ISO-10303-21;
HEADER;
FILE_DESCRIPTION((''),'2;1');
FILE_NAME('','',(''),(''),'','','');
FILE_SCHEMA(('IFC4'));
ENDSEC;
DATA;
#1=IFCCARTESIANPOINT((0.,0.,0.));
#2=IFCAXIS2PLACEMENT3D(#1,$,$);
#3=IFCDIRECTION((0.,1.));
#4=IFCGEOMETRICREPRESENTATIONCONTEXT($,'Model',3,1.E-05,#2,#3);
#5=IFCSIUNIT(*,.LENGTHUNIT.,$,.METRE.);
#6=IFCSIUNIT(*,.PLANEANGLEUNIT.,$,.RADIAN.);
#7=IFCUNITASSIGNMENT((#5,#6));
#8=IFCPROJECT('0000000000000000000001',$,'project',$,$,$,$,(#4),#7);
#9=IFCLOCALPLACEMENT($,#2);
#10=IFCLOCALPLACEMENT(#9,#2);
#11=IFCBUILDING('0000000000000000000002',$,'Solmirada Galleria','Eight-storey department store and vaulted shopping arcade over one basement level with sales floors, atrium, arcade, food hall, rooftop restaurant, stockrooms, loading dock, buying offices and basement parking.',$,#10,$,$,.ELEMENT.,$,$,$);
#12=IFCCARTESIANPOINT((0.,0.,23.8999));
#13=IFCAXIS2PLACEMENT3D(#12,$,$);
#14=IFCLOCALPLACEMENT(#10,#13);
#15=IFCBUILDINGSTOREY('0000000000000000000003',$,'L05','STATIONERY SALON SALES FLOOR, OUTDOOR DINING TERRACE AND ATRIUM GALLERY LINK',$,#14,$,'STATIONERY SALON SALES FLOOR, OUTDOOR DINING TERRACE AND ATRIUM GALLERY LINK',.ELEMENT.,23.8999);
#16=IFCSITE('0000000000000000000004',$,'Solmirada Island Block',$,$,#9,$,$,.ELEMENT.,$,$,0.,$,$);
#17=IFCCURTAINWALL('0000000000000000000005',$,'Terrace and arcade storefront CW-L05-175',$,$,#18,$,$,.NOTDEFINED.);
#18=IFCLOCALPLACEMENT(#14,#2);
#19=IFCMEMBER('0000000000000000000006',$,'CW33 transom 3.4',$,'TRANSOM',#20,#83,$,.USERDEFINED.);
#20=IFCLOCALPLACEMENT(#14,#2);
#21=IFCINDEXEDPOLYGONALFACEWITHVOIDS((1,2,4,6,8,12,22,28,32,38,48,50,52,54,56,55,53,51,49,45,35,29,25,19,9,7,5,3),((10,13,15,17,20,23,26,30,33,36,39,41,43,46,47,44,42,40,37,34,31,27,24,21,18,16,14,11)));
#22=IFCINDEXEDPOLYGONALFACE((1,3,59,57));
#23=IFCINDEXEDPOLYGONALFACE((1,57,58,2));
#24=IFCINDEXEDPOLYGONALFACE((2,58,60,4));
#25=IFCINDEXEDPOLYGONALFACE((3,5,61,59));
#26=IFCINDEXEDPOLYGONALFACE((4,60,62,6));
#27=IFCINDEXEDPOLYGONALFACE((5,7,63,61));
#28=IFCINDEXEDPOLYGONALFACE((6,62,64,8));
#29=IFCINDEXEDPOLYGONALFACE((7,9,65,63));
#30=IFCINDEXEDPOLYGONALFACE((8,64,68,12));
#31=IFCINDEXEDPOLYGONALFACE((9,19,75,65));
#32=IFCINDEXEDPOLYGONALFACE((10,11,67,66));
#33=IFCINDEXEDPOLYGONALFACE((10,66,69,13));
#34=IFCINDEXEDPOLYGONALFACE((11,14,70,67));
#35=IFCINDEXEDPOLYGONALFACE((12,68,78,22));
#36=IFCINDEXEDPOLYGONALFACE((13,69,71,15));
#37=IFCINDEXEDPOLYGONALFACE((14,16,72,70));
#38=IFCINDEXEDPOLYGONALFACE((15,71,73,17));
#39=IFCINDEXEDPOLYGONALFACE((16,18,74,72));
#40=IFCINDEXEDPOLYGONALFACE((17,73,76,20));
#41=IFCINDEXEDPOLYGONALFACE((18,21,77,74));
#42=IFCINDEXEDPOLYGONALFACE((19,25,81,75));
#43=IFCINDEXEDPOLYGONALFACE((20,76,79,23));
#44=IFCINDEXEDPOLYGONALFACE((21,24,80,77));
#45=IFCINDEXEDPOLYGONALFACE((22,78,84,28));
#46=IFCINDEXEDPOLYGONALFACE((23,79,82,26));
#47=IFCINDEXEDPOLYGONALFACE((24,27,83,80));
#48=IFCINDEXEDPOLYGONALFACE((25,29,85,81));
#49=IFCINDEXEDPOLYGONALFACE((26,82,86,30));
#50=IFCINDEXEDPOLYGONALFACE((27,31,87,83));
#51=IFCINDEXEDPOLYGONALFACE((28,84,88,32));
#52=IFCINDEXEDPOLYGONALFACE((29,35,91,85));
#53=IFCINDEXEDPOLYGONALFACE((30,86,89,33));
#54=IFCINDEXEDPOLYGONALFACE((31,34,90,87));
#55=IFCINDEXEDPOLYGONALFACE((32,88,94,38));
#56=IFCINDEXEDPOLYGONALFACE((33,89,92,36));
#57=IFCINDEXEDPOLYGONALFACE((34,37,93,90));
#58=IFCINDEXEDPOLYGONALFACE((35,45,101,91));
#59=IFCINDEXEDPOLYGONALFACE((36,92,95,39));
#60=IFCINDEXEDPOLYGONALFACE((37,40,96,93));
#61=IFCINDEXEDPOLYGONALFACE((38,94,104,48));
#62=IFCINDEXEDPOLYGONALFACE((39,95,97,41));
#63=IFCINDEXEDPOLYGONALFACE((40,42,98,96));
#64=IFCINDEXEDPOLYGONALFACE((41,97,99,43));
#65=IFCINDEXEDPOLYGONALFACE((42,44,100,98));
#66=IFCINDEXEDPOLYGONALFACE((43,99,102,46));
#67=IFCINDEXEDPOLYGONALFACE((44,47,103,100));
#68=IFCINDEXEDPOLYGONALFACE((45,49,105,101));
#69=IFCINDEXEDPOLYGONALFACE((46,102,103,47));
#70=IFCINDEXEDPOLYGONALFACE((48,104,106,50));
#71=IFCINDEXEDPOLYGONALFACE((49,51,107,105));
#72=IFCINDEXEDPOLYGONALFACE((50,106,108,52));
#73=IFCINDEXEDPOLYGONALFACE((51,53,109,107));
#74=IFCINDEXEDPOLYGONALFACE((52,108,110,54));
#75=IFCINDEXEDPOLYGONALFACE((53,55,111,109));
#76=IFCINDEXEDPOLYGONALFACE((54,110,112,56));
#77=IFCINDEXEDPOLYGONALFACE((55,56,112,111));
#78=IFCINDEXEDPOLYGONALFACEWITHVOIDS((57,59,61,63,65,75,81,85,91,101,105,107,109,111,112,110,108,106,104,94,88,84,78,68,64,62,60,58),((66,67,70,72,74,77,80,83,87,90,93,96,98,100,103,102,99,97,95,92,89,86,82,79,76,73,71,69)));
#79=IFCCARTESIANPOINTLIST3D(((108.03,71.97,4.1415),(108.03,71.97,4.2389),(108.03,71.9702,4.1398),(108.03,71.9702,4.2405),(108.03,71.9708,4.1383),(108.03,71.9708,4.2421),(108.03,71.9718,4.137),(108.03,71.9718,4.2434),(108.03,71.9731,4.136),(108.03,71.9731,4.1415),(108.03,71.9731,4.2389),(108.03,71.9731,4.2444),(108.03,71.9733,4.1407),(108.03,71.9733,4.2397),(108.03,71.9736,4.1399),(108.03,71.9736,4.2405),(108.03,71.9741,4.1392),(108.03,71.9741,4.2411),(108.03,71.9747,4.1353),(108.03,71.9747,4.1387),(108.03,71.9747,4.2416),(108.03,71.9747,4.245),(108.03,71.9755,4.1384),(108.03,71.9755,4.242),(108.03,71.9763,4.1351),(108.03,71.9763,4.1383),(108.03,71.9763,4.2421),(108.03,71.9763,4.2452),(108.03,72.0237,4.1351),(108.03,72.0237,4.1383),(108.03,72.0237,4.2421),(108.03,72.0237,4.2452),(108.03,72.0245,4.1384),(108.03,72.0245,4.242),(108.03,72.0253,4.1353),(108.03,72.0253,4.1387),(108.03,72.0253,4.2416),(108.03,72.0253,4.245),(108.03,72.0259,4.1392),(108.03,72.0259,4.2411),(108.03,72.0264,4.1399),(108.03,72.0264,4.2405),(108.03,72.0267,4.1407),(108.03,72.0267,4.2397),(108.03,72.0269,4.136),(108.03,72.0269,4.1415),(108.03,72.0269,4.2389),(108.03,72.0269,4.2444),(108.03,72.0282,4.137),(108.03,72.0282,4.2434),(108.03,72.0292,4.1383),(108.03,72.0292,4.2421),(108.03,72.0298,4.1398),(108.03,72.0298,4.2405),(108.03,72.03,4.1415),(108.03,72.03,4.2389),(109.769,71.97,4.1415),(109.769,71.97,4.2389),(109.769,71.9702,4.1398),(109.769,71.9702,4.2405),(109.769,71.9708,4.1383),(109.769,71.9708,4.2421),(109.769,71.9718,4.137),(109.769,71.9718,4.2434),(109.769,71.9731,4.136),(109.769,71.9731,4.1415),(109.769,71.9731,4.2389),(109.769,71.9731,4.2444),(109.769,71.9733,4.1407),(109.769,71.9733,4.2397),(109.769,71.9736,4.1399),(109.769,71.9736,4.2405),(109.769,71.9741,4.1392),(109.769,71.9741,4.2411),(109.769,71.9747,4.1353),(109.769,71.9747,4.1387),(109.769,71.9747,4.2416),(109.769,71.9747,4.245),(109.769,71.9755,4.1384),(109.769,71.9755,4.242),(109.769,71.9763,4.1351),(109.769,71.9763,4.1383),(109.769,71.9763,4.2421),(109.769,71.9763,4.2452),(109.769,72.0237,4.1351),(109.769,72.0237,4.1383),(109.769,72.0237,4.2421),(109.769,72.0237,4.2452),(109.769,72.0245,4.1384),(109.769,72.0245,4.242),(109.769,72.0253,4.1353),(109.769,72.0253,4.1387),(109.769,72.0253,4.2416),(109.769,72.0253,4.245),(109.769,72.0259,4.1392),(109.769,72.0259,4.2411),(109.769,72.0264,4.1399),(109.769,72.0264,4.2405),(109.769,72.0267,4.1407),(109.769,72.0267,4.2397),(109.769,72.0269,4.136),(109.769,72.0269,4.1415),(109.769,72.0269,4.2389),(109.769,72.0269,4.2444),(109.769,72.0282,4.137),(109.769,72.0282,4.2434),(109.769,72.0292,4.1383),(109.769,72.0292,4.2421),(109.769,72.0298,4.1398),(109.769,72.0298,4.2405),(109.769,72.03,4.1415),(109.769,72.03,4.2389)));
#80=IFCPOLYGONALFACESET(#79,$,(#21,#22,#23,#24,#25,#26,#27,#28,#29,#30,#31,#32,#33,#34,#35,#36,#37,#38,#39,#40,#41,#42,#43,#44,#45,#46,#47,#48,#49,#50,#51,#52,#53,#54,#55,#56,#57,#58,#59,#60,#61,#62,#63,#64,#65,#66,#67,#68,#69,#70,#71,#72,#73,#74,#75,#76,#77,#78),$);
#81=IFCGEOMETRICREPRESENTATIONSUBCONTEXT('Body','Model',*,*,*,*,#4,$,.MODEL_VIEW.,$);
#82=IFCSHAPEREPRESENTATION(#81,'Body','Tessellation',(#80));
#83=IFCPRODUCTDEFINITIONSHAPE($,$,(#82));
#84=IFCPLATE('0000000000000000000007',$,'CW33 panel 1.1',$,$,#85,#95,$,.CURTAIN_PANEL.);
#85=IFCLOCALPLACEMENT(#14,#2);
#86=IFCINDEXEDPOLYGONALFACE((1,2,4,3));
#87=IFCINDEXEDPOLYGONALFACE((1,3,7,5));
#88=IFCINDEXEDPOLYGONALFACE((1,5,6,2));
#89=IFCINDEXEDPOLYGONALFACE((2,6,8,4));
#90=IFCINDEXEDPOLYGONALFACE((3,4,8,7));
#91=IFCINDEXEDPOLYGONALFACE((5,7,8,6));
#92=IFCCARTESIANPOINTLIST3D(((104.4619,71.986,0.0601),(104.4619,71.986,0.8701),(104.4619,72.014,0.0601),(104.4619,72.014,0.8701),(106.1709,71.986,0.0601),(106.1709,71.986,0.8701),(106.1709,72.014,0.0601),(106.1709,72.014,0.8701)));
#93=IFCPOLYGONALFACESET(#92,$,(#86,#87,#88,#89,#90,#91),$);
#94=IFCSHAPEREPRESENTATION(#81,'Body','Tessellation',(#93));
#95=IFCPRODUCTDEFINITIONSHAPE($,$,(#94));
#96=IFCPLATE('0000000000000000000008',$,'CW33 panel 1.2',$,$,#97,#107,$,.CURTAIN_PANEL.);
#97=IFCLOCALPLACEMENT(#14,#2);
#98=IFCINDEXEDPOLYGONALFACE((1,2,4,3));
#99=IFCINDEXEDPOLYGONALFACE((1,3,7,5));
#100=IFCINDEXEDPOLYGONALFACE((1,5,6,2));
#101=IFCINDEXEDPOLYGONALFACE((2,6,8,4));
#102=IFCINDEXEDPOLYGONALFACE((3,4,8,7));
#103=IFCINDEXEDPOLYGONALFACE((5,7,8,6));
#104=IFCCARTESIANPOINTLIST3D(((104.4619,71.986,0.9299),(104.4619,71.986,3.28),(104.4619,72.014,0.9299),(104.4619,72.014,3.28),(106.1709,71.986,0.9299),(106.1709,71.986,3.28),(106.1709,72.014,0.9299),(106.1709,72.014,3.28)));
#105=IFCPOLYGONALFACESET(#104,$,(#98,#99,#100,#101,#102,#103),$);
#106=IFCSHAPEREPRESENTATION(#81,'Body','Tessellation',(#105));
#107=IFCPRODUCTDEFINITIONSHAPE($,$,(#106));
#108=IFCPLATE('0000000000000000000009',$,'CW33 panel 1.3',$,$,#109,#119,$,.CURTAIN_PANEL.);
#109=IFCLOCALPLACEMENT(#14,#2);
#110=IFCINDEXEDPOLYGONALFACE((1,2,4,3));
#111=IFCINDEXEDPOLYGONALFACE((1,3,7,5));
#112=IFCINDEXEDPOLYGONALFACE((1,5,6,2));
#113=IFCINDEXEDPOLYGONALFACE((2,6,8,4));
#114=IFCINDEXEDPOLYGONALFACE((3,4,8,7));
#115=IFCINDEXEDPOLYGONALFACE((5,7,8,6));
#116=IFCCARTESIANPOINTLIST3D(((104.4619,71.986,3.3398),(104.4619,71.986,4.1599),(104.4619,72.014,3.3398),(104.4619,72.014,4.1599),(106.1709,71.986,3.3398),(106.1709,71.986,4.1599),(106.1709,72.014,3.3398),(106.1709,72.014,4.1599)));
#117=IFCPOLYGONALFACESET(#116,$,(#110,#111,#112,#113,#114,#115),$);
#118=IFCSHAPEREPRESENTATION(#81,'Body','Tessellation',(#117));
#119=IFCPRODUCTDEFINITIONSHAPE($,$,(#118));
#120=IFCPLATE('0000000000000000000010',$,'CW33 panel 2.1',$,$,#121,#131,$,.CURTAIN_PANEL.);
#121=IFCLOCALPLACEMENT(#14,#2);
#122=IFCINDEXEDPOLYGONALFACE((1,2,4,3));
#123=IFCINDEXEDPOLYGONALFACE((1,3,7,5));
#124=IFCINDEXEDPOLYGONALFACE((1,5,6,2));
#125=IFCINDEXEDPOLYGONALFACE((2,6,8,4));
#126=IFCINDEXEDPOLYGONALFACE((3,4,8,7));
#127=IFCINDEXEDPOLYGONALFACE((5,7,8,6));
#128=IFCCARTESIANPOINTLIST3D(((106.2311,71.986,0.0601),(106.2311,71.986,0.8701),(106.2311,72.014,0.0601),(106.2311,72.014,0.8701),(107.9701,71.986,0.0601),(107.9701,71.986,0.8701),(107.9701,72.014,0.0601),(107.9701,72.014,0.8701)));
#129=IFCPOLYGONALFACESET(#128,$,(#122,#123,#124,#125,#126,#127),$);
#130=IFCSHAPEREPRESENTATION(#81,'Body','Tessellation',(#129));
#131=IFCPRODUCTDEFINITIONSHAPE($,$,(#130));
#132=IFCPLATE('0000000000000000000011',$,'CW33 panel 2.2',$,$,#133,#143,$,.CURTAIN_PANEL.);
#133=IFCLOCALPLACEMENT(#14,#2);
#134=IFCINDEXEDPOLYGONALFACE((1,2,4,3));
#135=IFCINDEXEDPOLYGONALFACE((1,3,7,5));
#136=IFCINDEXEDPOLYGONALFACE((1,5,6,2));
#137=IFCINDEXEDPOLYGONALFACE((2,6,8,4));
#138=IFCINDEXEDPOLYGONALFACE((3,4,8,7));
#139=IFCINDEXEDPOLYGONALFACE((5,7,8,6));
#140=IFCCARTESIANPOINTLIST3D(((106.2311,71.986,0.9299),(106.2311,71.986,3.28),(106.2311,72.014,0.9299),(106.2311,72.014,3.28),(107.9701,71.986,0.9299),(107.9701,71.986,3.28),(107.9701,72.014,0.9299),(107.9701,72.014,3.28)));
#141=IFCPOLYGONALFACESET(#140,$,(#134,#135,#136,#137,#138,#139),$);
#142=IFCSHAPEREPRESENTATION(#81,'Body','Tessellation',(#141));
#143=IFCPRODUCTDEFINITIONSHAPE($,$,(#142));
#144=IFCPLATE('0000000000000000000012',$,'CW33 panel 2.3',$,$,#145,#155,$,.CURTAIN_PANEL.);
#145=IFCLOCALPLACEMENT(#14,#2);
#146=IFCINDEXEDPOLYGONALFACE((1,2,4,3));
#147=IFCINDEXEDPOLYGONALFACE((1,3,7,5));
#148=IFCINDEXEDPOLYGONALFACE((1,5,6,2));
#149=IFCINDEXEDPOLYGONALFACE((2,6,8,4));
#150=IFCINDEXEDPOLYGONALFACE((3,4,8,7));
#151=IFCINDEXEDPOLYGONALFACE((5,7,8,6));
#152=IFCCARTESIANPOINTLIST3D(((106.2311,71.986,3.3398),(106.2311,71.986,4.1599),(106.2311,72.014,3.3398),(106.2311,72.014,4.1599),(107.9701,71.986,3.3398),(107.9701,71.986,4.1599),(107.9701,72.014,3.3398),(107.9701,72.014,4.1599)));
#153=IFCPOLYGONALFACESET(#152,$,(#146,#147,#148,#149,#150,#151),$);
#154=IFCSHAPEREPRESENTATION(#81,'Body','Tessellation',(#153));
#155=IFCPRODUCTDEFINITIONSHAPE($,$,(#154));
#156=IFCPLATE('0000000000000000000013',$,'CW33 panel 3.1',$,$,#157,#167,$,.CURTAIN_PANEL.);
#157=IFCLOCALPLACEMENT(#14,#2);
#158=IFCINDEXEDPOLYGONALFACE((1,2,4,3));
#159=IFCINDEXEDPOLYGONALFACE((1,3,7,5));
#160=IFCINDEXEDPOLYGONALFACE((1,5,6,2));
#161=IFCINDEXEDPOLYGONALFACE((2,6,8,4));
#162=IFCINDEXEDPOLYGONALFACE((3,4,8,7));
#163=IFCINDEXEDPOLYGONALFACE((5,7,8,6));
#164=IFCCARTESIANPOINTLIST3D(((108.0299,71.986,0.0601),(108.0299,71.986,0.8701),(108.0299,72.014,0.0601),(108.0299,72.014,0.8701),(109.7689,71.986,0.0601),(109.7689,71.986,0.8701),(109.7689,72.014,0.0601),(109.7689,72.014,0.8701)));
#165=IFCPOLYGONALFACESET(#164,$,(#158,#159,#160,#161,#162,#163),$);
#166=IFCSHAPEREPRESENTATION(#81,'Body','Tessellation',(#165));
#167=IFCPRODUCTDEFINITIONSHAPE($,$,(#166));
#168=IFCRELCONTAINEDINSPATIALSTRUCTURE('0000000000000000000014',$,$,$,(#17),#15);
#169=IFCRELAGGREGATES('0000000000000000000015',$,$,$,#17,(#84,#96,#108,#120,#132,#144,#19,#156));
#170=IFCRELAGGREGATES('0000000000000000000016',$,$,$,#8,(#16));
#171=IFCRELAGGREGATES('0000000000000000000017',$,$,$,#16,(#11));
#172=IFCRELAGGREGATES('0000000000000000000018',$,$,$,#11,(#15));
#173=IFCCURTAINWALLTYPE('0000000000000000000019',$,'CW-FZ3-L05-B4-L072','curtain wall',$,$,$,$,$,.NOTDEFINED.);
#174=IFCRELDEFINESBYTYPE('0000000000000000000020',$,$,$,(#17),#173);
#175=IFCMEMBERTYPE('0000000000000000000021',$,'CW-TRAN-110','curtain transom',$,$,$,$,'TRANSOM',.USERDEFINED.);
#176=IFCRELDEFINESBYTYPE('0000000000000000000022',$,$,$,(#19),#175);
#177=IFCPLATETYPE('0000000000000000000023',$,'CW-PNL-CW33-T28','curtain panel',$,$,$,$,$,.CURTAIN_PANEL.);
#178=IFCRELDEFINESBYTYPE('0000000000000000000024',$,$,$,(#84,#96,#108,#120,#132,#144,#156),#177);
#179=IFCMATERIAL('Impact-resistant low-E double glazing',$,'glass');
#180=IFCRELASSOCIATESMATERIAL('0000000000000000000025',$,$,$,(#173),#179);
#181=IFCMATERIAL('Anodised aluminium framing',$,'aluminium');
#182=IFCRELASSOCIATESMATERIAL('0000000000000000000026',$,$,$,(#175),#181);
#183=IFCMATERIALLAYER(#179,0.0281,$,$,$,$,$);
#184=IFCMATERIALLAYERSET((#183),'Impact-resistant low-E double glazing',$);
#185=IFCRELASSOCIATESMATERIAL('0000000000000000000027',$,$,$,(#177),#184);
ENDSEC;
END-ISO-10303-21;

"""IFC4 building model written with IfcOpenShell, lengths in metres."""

from ifc_helpers import new_model, si_unit, direction, frame, origin, origin_2d, place, context, subcontext, project, spatial, rectangle, hollow_rectangle, extrude, material, layer, layer_set, material_profile, profile_set, type_object, element, aggregate, save


model = new_model("IFC4")

# Units and contexts
model_context = context("Model", 3, precision=1e-05, world=origin(), true_north=direction((0.0, 1.0)))
body_context = subcontext(model_context, "Body", "Model", "MODEL_VIEW")
ifc_project = project(units=[si_unit("LENGTHUNIT", "METRE"), si_unit("PLANEANGLEUNIT", "RADIAN")], contexts=[model_context])

# Site, building, storey
site_placement = place(None, origin())
site = spatial("IfcSite", under=ifc_project, at=site_placement, Name="Solmirada Island Block", CompositionType="ELEMENT", RefElevation=0.0)
building_placement = place(site_placement, origin())
building = spatial("IfcBuilding", under=site, at=building_placement, Name="Solmirada Galleria", Description="Eight-storey department store and vaulted shopping arcade over one basement level with sales floors, atrium, arcade, food hall, rooftop restaurant, stockrooms, loading dock, buying offices and basement parking.", CompositionType="ELEMENT")
storey_placement = place(building_placement, frame((0.0, 0.0, 23.8999)))
storey = spatial("IfcBuildingStorey", under=building, at=storey_placement, Name="L05", Description="STATIONERY SALON SALES FLOOR, OUTDOOR DINING TERRACE AND ATRIUM GALLERY LINK", LongName="STATIONERY SALON SALES FLOOR, OUTDOOR DINING TERRACE AND ATRIUM GALLERY LINK", CompositionType="ELEMENT", Elevation=23.8999)

# Curtain wall, member, plates
ifc_material_1 = material(Name="Impact-resistant low-E double glazing", Category="glass")
curtain_wall_type = type_object("IfcCurtainWallType", Name="CW-FZ3-L05-B4-L072", Description="curtain wall", PredefinedType="NOTDEFINED", material=ifc_material_1)
curtain_wall_placement = place(storey_placement, origin())
curtain_wall = element("IfcCurtainWall", 1, at=curtain_wall_placement, inside=storey, type_object=curtain_wall_type, Name="Terrace and arcade storefront CW-L05-175", PredefinedType="NOTDEFINED")
ifc_material_2 = material(Name="Anodised aluminium framing", Category="aluminium")
ifc_material_profile_1 = material_profile(ifc_material_2, hollow_rectangle(XDim=0.0601, YDim=0.1101, WallThickness=0.0032, InnerFilletRadius=0.0032, OuterFilletRadius=0.0063, at=origin_2d()), Name="ALU-TRAN-110X60")
ifc_profile_set_1 = profile_set([ifc_material_profile_1], Name="Anodised aluminium framing")
member_type_1 = type_object("IfcMemberType", Name="CW-TRAN-110", Description="curtain transom", ElementType="TRANSOM", PredefinedType="USERDEFINED", material=ifc_profile_set_1)
member_1_placement = place(storey_placement, frame((108.03, 72.0, 4.1902), z_axis=(1.0, 0.0, 0.0), x_axis=(0.0, 1.0, 0.0)))
member_1 = element("IfcMember", 2, at=member_1_placement, type_object=member_type_1, Name="CW33 transom 3.4", ObjectType="TRANSOM", PredefinedType="USERDEFINED", context=body_context, shape_type="SweptSolid", body=[
    extrude(hollow_rectangle(XDim=0.0601, YDim=0.1101, WallThickness=0.0032, InnerFilletRadius=0.0032, OuterFilletRadius=0.0063, at=origin_2d()), origin(), (0.0, 0.0, 1.0), 1.739),
])
ifc_layer = layer(ifc_material_1, 0.0281)
ifc_layer_set = layer_set([ifc_layer], Name="Impact-resistant low-E double glazing")
plate_type = type_object("IfcPlateType", Name="CW-PNL-CW33-T28", Description="curtain panel", PredefinedType="CURTAIN_PANEL", material=ifc_layer_set)
plate_1_placement = place(storey_placement, frame((105.3164, 72.0, 0.0601), z_axis=(0.0, 0.0, 1.0), x_axis=(1.0, 0.0, 0.0)))
plate_1 = element("IfcPlate", 3, at=plate_1_placement, type_object=plate_type, Name="CW33 panel 1.1", PredefinedType="CURTAIN_PANEL", context=body_context, shape_type="SweptSolid", body=[
    extrude(rectangle(XDim=1.709, YDim=0.0281, at=origin_2d()), origin(), (0.0, 0.0, 1.0), 0.8101),
])
plate_2_placement = place(storey_placement, frame((105.3164, 72.0, 0.9299), z_axis=(0.0, 0.0, 1.0), x_axis=(1.0, 0.0, 0.0)))
plate_2 = element("IfcPlate", 4, at=plate_2_placement, type_object=plate_type, Name="CW33 panel 1.2", PredefinedType="CURTAIN_PANEL", context=body_context, shape_type="SweptSolid", body=[
    extrude(rectangle(XDim=1.709, YDim=0.0281, at=origin_2d()), origin(), (0.0, 0.0, 1.0), 2.3501),
])
plate_3_placement = place(storey_placement, frame((105.3164, 72.0, 3.3398), z_axis=(0.0, 0.0, 1.0), x_axis=(1.0, 0.0, 0.0)))
plate_3 = element("IfcPlate", 5, at=plate_3_placement, type_object=plate_type, Name="CW33 panel 1.3", PredefinedType="CURTAIN_PANEL", context=body_context, shape_type="SweptSolid", body=[
    extrude(rectangle(XDim=1.709, YDim=0.0281, at=origin_2d()), origin(), (0.0, 0.0, 1.0), 0.8201),
])
plate_4_placement = place(storey_placement, frame((107.1006, 72.0, 0.0601), z_axis=(0.0, 0.0, 1.0), x_axis=(1.0, 0.0, 0.0)))
plate_4 = element("IfcPlate", 6, at=plate_4_placement, type_object=plate_type, Name="CW33 panel 2.1", PredefinedType="CURTAIN_PANEL", context=body_context, shape_type="SweptSolid", body=[
    extrude(rectangle(XDim=1.739, YDim=0.0281, at=origin_2d()), origin(), (0.0, 0.0, 1.0), 0.8101),
])
plate_5_placement = place(storey_placement, frame((107.1006, 72.0, 0.9299), z_axis=(0.0, 0.0, 1.0), x_axis=(1.0, 0.0, 0.0)))
plate_5 = element("IfcPlate", 7, at=plate_5_placement, type_object=plate_type, Name="CW33 panel 2.2", PredefinedType="CURTAIN_PANEL", context=body_context, shape_type="SweptSolid", body=[
    extrude(rectangle(XDim=1.739, YDim=0.0281, at=origin_2d()), origin(), (0.0, 0.0, 1.0), 2.3501),
])
plate_6_placement = place(storey_placement, frame((107.1006, 72.0, 3.3398), z_axis=(0.0, 0.0, 1.0), x_axis=(1.0, 0.0, 0.0)))
plate_6 = element("IfcPlate", 8, at=plate_6_placement, type_object=plate_type, Name="CW33 panel 2.3", PredefinedType="CURTAIN_PANEL", context=body_context, shape_type="SweptSolid", body=[
    extrude(rectangle(XDim=1.739, YDim=0.0281, at=origin_2d()), origin(), (0.0, 0.0, 1.0), 0.8201),
])
plate_7_placement = place(storey_placement, frame((108.8994, 72.0, 0.0601), z_axis=(0.0, 0.0, 1.0), x_axis=(1.0, 0.0, 0.0)))
plate_7 = element("IfcPlate", 9, at=plate_7_placement, type_object=plate_type, Name="CW33 panel 3.1", PredefinedType="CURTAIN_PANEL", context=body_context, shape_type="SweptSolid", body=[
    extrude(rectangle(XDim=1.739, YDim=0.0281, at=origin_2d()), origin(), (0.0, 0.0, 1.0), 0.8101),
])
aggregate(curtain_wall, [plate_1, plate_2, plate_3, plate_4, plate_5, plate_6, member_1, plate_7])

save(model, "model.ifc")
